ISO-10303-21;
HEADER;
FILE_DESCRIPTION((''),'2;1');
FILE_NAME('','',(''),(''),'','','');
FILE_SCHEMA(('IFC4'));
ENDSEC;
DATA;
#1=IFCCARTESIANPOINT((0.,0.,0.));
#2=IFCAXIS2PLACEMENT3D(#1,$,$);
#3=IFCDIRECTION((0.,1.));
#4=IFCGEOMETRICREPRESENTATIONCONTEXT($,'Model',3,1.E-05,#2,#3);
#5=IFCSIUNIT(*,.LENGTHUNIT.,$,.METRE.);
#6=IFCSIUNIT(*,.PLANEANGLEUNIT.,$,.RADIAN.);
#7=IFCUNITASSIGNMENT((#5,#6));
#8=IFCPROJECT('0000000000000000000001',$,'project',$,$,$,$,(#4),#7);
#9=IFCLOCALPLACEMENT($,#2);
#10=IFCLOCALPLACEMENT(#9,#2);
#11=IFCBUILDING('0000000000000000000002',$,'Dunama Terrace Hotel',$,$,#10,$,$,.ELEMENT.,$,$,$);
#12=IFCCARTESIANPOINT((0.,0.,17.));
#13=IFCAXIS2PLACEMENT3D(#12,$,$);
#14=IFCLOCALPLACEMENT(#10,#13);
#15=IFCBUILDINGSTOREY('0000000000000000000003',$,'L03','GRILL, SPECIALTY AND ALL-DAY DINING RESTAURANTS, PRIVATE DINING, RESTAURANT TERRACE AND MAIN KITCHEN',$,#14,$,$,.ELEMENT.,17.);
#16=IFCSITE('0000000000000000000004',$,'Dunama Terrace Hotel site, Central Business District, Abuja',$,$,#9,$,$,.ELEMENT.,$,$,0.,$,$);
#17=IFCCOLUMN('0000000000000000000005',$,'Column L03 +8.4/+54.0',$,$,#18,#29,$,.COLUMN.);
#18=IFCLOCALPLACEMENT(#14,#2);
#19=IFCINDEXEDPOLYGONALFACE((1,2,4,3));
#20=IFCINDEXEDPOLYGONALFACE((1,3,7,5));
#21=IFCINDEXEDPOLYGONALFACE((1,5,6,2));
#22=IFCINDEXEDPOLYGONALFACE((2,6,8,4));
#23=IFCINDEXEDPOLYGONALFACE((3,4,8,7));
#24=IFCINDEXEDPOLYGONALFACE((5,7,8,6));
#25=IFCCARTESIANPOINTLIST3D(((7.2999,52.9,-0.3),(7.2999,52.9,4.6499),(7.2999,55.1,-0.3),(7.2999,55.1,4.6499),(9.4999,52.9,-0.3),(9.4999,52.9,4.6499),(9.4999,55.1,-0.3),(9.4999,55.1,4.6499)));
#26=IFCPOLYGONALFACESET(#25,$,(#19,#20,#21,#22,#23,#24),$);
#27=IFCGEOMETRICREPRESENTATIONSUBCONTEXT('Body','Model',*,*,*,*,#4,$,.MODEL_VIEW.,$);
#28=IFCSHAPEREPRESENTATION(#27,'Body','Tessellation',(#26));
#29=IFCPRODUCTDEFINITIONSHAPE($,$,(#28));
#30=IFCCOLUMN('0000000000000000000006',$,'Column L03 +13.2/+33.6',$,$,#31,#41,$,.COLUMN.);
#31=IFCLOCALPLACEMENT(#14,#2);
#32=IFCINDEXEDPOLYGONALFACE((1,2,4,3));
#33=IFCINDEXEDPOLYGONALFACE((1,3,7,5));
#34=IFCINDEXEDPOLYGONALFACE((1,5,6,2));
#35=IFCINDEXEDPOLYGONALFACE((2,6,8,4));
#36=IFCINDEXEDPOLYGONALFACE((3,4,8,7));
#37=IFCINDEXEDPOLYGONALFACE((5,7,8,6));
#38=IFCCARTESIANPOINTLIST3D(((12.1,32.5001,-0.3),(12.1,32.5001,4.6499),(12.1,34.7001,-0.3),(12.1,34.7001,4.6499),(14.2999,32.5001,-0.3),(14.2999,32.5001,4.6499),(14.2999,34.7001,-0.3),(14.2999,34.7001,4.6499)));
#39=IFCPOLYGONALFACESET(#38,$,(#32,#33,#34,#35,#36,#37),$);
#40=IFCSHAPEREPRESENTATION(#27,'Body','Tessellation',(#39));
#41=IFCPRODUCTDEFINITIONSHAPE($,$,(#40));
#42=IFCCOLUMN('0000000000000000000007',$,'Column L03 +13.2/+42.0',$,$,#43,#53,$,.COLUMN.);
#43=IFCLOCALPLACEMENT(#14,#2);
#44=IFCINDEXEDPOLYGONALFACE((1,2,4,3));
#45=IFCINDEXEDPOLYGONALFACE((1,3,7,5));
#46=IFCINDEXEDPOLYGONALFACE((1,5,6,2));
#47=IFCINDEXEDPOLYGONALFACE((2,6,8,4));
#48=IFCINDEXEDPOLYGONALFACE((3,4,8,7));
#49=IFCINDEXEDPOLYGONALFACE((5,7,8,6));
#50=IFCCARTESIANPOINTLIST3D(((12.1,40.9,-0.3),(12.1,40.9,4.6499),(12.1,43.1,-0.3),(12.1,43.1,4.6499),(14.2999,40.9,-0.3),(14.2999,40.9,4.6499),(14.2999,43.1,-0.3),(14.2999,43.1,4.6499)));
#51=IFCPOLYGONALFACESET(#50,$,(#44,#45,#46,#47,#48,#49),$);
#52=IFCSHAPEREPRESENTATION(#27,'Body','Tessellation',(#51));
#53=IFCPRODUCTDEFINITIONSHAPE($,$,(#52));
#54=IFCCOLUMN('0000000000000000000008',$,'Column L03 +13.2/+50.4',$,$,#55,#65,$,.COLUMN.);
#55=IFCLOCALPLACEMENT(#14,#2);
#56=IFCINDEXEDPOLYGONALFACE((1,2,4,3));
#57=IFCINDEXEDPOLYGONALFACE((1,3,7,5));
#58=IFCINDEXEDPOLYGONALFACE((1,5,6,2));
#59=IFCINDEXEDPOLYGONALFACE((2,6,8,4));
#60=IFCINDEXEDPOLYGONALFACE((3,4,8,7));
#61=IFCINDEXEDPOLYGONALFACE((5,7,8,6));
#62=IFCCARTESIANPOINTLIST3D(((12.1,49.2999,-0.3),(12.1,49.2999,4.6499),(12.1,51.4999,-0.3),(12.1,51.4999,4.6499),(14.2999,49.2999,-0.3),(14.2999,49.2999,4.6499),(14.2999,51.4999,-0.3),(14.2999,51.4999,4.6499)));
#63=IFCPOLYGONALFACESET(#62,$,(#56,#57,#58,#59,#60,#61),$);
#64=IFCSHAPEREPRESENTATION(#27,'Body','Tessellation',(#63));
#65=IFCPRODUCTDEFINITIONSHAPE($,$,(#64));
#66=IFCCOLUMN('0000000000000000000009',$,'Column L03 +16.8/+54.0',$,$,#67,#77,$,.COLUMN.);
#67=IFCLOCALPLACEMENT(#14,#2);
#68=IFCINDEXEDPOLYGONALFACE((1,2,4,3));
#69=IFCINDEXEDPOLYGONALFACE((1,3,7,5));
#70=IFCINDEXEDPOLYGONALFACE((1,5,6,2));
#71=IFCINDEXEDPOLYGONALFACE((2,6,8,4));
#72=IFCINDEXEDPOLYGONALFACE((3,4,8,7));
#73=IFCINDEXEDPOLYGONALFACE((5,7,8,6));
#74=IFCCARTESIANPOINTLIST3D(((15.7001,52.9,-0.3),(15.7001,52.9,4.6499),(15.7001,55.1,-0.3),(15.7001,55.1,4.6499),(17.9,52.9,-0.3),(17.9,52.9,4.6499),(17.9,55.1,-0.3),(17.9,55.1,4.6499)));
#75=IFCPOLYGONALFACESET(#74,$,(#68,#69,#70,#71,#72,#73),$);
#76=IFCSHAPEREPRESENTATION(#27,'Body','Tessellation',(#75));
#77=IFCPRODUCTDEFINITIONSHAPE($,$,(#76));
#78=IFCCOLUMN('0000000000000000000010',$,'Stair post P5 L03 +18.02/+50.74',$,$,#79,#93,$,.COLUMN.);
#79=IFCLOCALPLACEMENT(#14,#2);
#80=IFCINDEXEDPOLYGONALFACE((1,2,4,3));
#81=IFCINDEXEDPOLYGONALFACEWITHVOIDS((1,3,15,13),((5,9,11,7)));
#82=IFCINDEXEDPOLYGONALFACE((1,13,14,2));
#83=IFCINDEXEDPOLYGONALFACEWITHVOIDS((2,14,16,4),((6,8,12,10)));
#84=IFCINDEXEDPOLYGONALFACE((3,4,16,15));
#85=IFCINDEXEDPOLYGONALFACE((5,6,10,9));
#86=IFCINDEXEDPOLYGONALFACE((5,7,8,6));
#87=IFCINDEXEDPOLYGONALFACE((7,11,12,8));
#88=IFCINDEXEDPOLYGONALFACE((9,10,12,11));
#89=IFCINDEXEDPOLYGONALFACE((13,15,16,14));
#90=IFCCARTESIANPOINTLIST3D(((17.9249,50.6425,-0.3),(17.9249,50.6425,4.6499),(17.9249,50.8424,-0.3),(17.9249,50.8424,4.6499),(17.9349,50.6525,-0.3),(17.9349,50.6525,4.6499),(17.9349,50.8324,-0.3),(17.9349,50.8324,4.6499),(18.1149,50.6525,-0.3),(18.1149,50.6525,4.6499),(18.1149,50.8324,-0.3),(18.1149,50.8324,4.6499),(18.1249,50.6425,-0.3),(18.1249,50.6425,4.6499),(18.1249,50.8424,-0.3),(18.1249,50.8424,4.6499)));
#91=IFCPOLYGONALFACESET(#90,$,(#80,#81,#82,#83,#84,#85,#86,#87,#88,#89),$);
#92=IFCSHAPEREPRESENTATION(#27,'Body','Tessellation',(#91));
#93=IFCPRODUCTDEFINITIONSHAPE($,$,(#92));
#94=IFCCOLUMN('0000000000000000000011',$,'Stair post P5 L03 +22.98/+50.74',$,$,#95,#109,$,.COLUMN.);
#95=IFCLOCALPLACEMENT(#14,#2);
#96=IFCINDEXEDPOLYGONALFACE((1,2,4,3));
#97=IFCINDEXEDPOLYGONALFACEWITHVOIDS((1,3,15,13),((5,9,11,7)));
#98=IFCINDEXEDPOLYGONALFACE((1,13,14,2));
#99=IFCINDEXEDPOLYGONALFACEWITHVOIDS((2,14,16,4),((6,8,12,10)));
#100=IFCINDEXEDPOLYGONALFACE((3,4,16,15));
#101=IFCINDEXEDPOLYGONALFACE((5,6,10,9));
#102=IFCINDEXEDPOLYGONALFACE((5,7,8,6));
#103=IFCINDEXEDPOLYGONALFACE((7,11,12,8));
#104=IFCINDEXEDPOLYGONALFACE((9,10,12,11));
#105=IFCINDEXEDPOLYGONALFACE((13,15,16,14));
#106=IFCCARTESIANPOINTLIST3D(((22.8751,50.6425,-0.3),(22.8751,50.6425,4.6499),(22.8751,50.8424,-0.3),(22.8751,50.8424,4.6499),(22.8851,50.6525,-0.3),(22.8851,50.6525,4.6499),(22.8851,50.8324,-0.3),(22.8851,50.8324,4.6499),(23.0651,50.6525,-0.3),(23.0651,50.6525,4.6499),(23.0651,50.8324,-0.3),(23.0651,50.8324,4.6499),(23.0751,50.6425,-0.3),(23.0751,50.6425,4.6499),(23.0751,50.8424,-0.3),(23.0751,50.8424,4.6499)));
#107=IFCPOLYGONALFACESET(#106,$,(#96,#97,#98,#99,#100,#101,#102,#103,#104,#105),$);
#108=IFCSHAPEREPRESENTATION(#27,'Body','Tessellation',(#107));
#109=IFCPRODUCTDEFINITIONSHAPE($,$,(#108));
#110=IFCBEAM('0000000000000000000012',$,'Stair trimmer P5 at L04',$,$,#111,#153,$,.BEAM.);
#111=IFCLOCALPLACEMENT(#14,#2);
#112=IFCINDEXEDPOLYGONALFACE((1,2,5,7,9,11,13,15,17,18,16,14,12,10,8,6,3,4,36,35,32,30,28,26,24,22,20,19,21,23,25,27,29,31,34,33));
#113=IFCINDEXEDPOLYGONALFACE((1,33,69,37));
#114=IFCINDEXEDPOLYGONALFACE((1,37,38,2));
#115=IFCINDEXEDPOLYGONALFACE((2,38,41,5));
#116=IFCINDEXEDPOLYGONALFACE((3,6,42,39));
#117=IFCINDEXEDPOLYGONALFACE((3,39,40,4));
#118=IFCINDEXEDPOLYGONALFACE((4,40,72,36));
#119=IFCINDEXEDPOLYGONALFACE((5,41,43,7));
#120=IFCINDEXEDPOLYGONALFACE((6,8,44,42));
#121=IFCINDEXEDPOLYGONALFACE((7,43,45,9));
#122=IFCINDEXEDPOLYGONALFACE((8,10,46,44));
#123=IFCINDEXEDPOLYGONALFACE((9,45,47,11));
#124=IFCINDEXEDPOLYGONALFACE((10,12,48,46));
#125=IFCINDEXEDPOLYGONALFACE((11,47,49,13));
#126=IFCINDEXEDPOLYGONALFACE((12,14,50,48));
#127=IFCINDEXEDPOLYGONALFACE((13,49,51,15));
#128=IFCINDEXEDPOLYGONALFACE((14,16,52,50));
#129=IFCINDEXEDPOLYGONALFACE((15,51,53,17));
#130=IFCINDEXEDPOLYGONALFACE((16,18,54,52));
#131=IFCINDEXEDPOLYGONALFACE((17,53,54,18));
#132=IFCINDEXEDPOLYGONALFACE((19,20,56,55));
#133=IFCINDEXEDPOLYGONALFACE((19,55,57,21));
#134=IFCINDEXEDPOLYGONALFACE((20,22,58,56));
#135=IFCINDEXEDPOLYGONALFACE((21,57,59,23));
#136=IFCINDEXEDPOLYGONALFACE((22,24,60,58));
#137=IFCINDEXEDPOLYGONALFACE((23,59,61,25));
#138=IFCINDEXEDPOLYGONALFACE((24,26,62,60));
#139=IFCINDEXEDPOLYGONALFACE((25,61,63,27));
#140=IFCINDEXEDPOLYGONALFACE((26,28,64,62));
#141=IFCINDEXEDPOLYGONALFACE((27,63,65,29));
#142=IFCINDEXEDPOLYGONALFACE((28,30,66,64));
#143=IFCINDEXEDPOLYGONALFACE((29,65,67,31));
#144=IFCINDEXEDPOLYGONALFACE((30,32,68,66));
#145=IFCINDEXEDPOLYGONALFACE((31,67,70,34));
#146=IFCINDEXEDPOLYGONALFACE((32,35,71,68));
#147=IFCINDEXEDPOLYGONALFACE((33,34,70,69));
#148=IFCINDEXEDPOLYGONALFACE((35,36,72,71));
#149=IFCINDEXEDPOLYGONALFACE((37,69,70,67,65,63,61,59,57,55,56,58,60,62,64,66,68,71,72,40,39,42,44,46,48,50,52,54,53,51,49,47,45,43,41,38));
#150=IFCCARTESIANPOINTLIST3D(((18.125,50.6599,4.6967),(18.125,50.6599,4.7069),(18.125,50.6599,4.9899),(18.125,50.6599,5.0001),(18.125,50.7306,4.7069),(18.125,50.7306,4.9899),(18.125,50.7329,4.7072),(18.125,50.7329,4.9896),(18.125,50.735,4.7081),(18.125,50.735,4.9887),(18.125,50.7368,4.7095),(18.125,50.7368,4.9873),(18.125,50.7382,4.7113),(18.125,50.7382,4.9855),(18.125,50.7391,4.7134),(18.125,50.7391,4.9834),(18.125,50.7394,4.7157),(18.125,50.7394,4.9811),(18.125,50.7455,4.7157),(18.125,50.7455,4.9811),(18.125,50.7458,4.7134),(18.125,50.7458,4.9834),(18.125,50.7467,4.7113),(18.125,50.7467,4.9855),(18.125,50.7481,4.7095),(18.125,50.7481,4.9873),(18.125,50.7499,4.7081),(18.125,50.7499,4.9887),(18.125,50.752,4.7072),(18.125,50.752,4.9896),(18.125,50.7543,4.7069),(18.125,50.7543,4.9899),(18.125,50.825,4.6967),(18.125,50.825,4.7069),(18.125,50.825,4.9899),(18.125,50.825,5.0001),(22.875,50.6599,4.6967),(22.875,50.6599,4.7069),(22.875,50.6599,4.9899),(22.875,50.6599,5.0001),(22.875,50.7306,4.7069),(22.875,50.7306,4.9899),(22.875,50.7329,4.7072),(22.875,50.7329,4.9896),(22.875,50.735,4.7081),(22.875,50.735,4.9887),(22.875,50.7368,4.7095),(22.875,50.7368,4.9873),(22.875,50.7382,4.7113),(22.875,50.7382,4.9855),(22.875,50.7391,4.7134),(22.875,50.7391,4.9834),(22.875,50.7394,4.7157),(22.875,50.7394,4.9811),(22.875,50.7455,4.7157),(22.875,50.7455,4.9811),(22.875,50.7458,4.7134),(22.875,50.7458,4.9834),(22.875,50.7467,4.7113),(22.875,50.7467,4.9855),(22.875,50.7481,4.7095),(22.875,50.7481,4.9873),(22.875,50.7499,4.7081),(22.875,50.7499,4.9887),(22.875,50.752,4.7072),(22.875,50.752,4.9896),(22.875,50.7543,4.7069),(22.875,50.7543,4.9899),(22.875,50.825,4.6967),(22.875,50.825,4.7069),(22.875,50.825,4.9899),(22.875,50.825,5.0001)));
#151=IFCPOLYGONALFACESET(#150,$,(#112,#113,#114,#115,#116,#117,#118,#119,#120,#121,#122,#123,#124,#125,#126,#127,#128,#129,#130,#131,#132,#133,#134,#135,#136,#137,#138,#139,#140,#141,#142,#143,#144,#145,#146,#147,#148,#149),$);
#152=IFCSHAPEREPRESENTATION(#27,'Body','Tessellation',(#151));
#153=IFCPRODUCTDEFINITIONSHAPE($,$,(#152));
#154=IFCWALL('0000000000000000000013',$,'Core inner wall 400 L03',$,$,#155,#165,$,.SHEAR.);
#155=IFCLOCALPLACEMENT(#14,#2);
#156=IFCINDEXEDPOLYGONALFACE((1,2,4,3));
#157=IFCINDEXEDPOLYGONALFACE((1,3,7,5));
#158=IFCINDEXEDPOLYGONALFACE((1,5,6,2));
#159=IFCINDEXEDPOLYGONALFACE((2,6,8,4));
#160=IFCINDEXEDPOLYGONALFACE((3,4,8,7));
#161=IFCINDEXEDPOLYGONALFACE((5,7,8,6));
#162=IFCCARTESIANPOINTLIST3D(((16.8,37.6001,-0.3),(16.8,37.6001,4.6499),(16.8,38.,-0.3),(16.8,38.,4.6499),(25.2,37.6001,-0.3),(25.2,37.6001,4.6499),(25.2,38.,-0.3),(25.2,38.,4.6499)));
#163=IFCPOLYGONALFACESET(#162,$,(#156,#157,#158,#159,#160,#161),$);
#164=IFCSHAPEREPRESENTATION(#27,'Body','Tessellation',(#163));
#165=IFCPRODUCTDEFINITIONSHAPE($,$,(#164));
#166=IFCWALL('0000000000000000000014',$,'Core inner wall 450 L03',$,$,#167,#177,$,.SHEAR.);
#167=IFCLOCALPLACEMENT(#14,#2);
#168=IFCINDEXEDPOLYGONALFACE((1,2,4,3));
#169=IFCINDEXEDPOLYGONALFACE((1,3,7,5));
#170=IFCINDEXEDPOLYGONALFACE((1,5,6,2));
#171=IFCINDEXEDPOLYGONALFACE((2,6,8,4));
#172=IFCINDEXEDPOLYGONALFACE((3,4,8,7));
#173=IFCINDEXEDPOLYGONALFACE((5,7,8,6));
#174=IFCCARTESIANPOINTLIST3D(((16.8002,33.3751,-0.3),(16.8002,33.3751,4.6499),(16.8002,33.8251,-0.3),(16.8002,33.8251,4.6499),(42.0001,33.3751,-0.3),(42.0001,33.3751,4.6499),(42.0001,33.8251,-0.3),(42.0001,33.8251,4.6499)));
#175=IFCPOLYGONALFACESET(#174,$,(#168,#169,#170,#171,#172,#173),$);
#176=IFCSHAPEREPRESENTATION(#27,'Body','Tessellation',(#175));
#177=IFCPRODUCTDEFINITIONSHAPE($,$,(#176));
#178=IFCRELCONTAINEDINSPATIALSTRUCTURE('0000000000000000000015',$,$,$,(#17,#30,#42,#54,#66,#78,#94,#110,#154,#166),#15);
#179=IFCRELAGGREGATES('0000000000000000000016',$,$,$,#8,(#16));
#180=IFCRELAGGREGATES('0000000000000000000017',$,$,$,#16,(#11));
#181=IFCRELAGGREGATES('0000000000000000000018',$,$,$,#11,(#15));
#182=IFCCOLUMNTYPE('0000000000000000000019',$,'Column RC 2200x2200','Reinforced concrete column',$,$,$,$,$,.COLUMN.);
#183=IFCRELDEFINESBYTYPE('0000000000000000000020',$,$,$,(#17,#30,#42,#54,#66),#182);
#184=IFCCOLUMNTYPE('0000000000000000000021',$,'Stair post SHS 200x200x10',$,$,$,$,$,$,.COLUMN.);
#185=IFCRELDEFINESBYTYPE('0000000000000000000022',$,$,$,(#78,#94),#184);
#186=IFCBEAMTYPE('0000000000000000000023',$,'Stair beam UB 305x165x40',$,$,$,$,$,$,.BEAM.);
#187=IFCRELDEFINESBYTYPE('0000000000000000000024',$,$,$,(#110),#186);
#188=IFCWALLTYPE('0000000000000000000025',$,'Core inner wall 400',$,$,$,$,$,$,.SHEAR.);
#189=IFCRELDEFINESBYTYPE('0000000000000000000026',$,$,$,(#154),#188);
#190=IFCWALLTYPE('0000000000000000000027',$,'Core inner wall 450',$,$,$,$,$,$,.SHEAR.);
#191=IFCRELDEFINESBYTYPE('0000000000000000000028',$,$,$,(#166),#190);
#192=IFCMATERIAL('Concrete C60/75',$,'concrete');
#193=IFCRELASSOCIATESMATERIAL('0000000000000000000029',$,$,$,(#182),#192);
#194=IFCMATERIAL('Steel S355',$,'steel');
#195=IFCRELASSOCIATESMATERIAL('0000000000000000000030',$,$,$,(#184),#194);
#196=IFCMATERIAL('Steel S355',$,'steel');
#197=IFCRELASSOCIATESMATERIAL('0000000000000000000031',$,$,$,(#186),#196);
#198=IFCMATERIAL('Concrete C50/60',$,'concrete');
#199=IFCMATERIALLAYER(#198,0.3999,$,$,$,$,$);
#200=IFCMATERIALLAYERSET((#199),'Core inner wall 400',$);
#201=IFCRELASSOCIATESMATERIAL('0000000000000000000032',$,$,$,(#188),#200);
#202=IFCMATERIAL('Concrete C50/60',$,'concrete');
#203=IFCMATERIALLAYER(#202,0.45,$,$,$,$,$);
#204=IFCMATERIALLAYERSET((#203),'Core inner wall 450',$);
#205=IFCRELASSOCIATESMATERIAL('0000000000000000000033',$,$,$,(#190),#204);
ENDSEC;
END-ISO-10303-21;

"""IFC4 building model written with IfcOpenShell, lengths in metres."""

from ifc_helpers import new_model, si_unit, direction, frame, frame_2d, origin, origin_2d, place, context, subcontext, project, spatial, rectangle, hollow_rectangle, i_section, extrude, material, layer, layer_set, material_profile, profile_set, type_object, element, save


model = new_model("IFC4")

# Units and contexts
model_context = context("Model", 3, precision=1e-05, world=origin(), true_north=direction((0.0, 1.0)))
body_context = subcontext(model_context, "Body", "Model", "MODEL_VIEW")
ifc_project = project(units=[si_unit("LENGTHUNIT", "METRE"), si_unit("PLANEANGLEUNIT", "RADIAN")], contexts=[model_context])

# Site, building, storey
site_placement = place(None, origin())
site = spatial("IfcSite", under=ifc_project, at=site_placement, Name="Dunama Terrace Hotel site, Central Business District, Abuja", CompositionType="ELEMENT", RefElevation=0.0)
building_placement = place(site_placement, origin())
building = spatial("IfcBuilding", under=site, at=building_placement, Name="Dunama Terrace Hotel", CompositionType="ELEMENT")
storey_placement = place(building_placement, frame((0.0, 0.0, 17.0)))
storey = spatial("IfcBuildingStorey", under=building, at=storey_placement, Name="L03", Description="GRILL, SPECIALTY AND ALL-DAY DINING RESTAURANTS, PRIVATE DINING, RESTAURANT TERRACE AND MAIN KITCHEN", CompositionType="ELEMENT", Elevation=17.0)

# Columns
ifc_material_1 = material(Name="Concrete C60/75", Category="concrete")
ifc_material_profile_1 = material_profile(ifc_material_1, rectangle(XDim=2.2, YDim=2.2, at=origin_2d()), Name="RC 2200x2200")
ifc_profile_set_1 = profile_set([ifc_material_profile_1], Name="Concrete C60/75")
column_type_1 = type_object("IfcColumnType", Name="Column RC 2200x2200", Description="Reinforced concrete column", PredefinedType="COLUMN", material=ifc_profile_set_1)
for number, where, z_axis, x_axis, name in (
    (1, (8.3999, 54.0, -0.3), (0.0, 0.0, 1.0), (1.0, 0.0, 0.0), "Column L03 +8.4/+54.0"),
    (2, (13.2, 33.6001, -0.3), (0.0, 0.0, 1.0), (1.0, 0.0, 0.0), "Column L03 +13.2/+33.6"),
    (3, (13.2, 42.0, -0.3), (0.0, 0.0, 1.0), (1.0, 0.0, 0.0), "Column L03 +13.2/+42.0"),
    (4, (13.2, 50.3999, -0.3), (0.0, 0.0, 1.0), (1.0, 0.0, 0.0), "Column L03 +13.2/+50.4"),
    (5, (16.8, 54.0, -0.3), (0.0, 0.0, 1.0), (1.0, 0.0, 0.0), "Column L03 +16.8/+54.0"),
):
    element("IfcColumn", number, at=place(storey_placement, frame(where, z_axis=z_axis, x_axis=x_axis)), inside=storey, type_object=column_type_1, Name=name, PredefinedType="COLUMN", context=body_context, shape_type="SweptSolid", body=[
        extrude(rectangle(XDim=2.2, YDim=2.2, at=origin_2d()), origin(), (0.0, 0.0, 1.0), 4.95),
    ])
ifc_material_2 = material(Name="Steel S355", Category="steel")
ifc_material_profile_2 = material_profile(ifc_material_2, hollow_rectangle(XDim=0.2, YDim=0.2, WallThickness=0.01, at=origin_2d()), Name="SHS 200x200x10")
ifc_profile_set_2 = profile_set([ifc_material_profile_2], Name="Steel S355")
column_type_2 = type_object("IfcColumnType", Name="Stair post SHS 200x200x10", PredefinedType="COLUMN", material=ifc_profile_set_2)
for number, where, z_axis, x_axis, name in (
    (6, (18.0249, 50.7424, -0.3), (0.0, 0.0, 1.0), (1.0, 0.0, 0.0), "Stair post P5 L03 +18.02/+50.74"),
    (7, (22.9751, 50.7424, -0.3), (0.0, 0.0, 1.0), (1.0, 0.0, 0.0), "Stair post P5 L03 +22.98/+50.74"),
):
    element("IfcColumn", number, at=place(storey_placement, frame(where, z_axis=z_axis, x_axis=x_axis)), inside=storey, type_object=column_type_2, Name=name, PredefinedType="COLUMN", context=body_context, shape_type="SweptSolid", body=[
        extrude(hollow_rectangle(XDim=0.2, YDim=0.2, WallThickness=0.01, at=origin_2d()), origin(), (0.0, 0.0, 1.0), 4.95),
    ])

# Beam
ifc_material_3 = material(Name="Steel S355", Category="steel")
ifc_material_profile_3 = material_profile(ifc_material_3, i_section(OverallWidth=0.165, OverallDepth=0.3035, WebThickness=0.0061, FlangeThickness=0.0103, FilletRadius=0.0088, at=origin_2d()), Name="UB 305x165x40")
ifc_profile_set_3 = profile_set([ifc_material_profile_3], Name="Steel S355")
beam_type = type_object("IfcBeamType", Name="Stair beam UB 305x165x40", PredefinedType="BEAM", material=ifc_profile_set_3)
beam_placement = place(storey_placement, frame((18.125, 50.7424, 4.8484), z_axis=(1.0, 0.0, 0.0), x_axis=(0.0, 1.0, 0.0)))
element("IfcBeam", 8, at=beam_placement, inside=storey, type_object=beam_type, Name="Stair trimmer P5 at L04", PredefinedType="BEAM", context=body_context, shape_type="SweptSolid", body=[
    extrude(i_section(OverallWidth=0.165, OverallDepth=0.3035, WebThickness=0.0061, FlangeThickness=0.0103, FilletRadius=0.0088, at=origin_2d()), origin(), (0.0, 0.0, 1.0), 4.75),
])

# Walls
ifc_material_4 = material(Name="Concrete C50/60", Category="concrete")
ifc_layer_1 = layer(ifc_material_4, 0.3999)
ifc_layer_set_1 = layer_set([ifc_layer_1], Name="Core inner wall 400")
wall_type_1 = type_object("IfcWallType", Name="Core inner wall 400", PredefinedType="SHEAR", material=ifc_layer_set_1)
wall_1_placement = place(storey_placement, frame((16.8, 37.8, -0.3), z_axis=(0.0, 0.0, 1.0), x_axis=(1.0, 0.0, 0.0)))
element("IfcWall", 9, at=wall_1_placement, inside=storey, type_object=wall_type_1, Name="Core inner wall 400 L03", PredefinedType="SHEAR", context=body_context, shape_type="SweptSolid", body=[
    extrude(rectangle(XDim=8.3999, YDim=0.3999, at=frame_2d((4.2, 0.0))), origin(), (0.0, 0.0, 1.0), 4.95),
])
ifc_material_5 = material(Name="Concrete C50/60", Category="concrete")
ifc_layer_2 = layer(ifc_material_5, 0.45)
ifc_layer_set_2 = layer_set([ifc_layer_2], Name="Core inner wall 450")
wall_type_2 = type_object("IfcWallType", Name="Core inner wall 450", PredefinedType="SHEAR", material=ifc_layer_set_2)
wall_2_placement = place(storey_placement, frame((16.8, 33.6001, -0.3), z_axis=(0.0, 0.0, 1.0), x_axis=(1.0, 0.0, 0.0)))
element("IfcWall", 10, at=wall_2_placement, inside=storey, type_object=wall_type_2, Name="Core inner wall 450 L03", PredefinedType="SHEAR", context=body_context, shape_type="SweptSolid", body=[
    extrude(rectangle(XDim=25.2, YDim=0.45, at=frame_2d((12.6001, 0.0))), origin(), (0.0, 0.0, 1.0), 4.95),
])

save(model, "model.ifc")
